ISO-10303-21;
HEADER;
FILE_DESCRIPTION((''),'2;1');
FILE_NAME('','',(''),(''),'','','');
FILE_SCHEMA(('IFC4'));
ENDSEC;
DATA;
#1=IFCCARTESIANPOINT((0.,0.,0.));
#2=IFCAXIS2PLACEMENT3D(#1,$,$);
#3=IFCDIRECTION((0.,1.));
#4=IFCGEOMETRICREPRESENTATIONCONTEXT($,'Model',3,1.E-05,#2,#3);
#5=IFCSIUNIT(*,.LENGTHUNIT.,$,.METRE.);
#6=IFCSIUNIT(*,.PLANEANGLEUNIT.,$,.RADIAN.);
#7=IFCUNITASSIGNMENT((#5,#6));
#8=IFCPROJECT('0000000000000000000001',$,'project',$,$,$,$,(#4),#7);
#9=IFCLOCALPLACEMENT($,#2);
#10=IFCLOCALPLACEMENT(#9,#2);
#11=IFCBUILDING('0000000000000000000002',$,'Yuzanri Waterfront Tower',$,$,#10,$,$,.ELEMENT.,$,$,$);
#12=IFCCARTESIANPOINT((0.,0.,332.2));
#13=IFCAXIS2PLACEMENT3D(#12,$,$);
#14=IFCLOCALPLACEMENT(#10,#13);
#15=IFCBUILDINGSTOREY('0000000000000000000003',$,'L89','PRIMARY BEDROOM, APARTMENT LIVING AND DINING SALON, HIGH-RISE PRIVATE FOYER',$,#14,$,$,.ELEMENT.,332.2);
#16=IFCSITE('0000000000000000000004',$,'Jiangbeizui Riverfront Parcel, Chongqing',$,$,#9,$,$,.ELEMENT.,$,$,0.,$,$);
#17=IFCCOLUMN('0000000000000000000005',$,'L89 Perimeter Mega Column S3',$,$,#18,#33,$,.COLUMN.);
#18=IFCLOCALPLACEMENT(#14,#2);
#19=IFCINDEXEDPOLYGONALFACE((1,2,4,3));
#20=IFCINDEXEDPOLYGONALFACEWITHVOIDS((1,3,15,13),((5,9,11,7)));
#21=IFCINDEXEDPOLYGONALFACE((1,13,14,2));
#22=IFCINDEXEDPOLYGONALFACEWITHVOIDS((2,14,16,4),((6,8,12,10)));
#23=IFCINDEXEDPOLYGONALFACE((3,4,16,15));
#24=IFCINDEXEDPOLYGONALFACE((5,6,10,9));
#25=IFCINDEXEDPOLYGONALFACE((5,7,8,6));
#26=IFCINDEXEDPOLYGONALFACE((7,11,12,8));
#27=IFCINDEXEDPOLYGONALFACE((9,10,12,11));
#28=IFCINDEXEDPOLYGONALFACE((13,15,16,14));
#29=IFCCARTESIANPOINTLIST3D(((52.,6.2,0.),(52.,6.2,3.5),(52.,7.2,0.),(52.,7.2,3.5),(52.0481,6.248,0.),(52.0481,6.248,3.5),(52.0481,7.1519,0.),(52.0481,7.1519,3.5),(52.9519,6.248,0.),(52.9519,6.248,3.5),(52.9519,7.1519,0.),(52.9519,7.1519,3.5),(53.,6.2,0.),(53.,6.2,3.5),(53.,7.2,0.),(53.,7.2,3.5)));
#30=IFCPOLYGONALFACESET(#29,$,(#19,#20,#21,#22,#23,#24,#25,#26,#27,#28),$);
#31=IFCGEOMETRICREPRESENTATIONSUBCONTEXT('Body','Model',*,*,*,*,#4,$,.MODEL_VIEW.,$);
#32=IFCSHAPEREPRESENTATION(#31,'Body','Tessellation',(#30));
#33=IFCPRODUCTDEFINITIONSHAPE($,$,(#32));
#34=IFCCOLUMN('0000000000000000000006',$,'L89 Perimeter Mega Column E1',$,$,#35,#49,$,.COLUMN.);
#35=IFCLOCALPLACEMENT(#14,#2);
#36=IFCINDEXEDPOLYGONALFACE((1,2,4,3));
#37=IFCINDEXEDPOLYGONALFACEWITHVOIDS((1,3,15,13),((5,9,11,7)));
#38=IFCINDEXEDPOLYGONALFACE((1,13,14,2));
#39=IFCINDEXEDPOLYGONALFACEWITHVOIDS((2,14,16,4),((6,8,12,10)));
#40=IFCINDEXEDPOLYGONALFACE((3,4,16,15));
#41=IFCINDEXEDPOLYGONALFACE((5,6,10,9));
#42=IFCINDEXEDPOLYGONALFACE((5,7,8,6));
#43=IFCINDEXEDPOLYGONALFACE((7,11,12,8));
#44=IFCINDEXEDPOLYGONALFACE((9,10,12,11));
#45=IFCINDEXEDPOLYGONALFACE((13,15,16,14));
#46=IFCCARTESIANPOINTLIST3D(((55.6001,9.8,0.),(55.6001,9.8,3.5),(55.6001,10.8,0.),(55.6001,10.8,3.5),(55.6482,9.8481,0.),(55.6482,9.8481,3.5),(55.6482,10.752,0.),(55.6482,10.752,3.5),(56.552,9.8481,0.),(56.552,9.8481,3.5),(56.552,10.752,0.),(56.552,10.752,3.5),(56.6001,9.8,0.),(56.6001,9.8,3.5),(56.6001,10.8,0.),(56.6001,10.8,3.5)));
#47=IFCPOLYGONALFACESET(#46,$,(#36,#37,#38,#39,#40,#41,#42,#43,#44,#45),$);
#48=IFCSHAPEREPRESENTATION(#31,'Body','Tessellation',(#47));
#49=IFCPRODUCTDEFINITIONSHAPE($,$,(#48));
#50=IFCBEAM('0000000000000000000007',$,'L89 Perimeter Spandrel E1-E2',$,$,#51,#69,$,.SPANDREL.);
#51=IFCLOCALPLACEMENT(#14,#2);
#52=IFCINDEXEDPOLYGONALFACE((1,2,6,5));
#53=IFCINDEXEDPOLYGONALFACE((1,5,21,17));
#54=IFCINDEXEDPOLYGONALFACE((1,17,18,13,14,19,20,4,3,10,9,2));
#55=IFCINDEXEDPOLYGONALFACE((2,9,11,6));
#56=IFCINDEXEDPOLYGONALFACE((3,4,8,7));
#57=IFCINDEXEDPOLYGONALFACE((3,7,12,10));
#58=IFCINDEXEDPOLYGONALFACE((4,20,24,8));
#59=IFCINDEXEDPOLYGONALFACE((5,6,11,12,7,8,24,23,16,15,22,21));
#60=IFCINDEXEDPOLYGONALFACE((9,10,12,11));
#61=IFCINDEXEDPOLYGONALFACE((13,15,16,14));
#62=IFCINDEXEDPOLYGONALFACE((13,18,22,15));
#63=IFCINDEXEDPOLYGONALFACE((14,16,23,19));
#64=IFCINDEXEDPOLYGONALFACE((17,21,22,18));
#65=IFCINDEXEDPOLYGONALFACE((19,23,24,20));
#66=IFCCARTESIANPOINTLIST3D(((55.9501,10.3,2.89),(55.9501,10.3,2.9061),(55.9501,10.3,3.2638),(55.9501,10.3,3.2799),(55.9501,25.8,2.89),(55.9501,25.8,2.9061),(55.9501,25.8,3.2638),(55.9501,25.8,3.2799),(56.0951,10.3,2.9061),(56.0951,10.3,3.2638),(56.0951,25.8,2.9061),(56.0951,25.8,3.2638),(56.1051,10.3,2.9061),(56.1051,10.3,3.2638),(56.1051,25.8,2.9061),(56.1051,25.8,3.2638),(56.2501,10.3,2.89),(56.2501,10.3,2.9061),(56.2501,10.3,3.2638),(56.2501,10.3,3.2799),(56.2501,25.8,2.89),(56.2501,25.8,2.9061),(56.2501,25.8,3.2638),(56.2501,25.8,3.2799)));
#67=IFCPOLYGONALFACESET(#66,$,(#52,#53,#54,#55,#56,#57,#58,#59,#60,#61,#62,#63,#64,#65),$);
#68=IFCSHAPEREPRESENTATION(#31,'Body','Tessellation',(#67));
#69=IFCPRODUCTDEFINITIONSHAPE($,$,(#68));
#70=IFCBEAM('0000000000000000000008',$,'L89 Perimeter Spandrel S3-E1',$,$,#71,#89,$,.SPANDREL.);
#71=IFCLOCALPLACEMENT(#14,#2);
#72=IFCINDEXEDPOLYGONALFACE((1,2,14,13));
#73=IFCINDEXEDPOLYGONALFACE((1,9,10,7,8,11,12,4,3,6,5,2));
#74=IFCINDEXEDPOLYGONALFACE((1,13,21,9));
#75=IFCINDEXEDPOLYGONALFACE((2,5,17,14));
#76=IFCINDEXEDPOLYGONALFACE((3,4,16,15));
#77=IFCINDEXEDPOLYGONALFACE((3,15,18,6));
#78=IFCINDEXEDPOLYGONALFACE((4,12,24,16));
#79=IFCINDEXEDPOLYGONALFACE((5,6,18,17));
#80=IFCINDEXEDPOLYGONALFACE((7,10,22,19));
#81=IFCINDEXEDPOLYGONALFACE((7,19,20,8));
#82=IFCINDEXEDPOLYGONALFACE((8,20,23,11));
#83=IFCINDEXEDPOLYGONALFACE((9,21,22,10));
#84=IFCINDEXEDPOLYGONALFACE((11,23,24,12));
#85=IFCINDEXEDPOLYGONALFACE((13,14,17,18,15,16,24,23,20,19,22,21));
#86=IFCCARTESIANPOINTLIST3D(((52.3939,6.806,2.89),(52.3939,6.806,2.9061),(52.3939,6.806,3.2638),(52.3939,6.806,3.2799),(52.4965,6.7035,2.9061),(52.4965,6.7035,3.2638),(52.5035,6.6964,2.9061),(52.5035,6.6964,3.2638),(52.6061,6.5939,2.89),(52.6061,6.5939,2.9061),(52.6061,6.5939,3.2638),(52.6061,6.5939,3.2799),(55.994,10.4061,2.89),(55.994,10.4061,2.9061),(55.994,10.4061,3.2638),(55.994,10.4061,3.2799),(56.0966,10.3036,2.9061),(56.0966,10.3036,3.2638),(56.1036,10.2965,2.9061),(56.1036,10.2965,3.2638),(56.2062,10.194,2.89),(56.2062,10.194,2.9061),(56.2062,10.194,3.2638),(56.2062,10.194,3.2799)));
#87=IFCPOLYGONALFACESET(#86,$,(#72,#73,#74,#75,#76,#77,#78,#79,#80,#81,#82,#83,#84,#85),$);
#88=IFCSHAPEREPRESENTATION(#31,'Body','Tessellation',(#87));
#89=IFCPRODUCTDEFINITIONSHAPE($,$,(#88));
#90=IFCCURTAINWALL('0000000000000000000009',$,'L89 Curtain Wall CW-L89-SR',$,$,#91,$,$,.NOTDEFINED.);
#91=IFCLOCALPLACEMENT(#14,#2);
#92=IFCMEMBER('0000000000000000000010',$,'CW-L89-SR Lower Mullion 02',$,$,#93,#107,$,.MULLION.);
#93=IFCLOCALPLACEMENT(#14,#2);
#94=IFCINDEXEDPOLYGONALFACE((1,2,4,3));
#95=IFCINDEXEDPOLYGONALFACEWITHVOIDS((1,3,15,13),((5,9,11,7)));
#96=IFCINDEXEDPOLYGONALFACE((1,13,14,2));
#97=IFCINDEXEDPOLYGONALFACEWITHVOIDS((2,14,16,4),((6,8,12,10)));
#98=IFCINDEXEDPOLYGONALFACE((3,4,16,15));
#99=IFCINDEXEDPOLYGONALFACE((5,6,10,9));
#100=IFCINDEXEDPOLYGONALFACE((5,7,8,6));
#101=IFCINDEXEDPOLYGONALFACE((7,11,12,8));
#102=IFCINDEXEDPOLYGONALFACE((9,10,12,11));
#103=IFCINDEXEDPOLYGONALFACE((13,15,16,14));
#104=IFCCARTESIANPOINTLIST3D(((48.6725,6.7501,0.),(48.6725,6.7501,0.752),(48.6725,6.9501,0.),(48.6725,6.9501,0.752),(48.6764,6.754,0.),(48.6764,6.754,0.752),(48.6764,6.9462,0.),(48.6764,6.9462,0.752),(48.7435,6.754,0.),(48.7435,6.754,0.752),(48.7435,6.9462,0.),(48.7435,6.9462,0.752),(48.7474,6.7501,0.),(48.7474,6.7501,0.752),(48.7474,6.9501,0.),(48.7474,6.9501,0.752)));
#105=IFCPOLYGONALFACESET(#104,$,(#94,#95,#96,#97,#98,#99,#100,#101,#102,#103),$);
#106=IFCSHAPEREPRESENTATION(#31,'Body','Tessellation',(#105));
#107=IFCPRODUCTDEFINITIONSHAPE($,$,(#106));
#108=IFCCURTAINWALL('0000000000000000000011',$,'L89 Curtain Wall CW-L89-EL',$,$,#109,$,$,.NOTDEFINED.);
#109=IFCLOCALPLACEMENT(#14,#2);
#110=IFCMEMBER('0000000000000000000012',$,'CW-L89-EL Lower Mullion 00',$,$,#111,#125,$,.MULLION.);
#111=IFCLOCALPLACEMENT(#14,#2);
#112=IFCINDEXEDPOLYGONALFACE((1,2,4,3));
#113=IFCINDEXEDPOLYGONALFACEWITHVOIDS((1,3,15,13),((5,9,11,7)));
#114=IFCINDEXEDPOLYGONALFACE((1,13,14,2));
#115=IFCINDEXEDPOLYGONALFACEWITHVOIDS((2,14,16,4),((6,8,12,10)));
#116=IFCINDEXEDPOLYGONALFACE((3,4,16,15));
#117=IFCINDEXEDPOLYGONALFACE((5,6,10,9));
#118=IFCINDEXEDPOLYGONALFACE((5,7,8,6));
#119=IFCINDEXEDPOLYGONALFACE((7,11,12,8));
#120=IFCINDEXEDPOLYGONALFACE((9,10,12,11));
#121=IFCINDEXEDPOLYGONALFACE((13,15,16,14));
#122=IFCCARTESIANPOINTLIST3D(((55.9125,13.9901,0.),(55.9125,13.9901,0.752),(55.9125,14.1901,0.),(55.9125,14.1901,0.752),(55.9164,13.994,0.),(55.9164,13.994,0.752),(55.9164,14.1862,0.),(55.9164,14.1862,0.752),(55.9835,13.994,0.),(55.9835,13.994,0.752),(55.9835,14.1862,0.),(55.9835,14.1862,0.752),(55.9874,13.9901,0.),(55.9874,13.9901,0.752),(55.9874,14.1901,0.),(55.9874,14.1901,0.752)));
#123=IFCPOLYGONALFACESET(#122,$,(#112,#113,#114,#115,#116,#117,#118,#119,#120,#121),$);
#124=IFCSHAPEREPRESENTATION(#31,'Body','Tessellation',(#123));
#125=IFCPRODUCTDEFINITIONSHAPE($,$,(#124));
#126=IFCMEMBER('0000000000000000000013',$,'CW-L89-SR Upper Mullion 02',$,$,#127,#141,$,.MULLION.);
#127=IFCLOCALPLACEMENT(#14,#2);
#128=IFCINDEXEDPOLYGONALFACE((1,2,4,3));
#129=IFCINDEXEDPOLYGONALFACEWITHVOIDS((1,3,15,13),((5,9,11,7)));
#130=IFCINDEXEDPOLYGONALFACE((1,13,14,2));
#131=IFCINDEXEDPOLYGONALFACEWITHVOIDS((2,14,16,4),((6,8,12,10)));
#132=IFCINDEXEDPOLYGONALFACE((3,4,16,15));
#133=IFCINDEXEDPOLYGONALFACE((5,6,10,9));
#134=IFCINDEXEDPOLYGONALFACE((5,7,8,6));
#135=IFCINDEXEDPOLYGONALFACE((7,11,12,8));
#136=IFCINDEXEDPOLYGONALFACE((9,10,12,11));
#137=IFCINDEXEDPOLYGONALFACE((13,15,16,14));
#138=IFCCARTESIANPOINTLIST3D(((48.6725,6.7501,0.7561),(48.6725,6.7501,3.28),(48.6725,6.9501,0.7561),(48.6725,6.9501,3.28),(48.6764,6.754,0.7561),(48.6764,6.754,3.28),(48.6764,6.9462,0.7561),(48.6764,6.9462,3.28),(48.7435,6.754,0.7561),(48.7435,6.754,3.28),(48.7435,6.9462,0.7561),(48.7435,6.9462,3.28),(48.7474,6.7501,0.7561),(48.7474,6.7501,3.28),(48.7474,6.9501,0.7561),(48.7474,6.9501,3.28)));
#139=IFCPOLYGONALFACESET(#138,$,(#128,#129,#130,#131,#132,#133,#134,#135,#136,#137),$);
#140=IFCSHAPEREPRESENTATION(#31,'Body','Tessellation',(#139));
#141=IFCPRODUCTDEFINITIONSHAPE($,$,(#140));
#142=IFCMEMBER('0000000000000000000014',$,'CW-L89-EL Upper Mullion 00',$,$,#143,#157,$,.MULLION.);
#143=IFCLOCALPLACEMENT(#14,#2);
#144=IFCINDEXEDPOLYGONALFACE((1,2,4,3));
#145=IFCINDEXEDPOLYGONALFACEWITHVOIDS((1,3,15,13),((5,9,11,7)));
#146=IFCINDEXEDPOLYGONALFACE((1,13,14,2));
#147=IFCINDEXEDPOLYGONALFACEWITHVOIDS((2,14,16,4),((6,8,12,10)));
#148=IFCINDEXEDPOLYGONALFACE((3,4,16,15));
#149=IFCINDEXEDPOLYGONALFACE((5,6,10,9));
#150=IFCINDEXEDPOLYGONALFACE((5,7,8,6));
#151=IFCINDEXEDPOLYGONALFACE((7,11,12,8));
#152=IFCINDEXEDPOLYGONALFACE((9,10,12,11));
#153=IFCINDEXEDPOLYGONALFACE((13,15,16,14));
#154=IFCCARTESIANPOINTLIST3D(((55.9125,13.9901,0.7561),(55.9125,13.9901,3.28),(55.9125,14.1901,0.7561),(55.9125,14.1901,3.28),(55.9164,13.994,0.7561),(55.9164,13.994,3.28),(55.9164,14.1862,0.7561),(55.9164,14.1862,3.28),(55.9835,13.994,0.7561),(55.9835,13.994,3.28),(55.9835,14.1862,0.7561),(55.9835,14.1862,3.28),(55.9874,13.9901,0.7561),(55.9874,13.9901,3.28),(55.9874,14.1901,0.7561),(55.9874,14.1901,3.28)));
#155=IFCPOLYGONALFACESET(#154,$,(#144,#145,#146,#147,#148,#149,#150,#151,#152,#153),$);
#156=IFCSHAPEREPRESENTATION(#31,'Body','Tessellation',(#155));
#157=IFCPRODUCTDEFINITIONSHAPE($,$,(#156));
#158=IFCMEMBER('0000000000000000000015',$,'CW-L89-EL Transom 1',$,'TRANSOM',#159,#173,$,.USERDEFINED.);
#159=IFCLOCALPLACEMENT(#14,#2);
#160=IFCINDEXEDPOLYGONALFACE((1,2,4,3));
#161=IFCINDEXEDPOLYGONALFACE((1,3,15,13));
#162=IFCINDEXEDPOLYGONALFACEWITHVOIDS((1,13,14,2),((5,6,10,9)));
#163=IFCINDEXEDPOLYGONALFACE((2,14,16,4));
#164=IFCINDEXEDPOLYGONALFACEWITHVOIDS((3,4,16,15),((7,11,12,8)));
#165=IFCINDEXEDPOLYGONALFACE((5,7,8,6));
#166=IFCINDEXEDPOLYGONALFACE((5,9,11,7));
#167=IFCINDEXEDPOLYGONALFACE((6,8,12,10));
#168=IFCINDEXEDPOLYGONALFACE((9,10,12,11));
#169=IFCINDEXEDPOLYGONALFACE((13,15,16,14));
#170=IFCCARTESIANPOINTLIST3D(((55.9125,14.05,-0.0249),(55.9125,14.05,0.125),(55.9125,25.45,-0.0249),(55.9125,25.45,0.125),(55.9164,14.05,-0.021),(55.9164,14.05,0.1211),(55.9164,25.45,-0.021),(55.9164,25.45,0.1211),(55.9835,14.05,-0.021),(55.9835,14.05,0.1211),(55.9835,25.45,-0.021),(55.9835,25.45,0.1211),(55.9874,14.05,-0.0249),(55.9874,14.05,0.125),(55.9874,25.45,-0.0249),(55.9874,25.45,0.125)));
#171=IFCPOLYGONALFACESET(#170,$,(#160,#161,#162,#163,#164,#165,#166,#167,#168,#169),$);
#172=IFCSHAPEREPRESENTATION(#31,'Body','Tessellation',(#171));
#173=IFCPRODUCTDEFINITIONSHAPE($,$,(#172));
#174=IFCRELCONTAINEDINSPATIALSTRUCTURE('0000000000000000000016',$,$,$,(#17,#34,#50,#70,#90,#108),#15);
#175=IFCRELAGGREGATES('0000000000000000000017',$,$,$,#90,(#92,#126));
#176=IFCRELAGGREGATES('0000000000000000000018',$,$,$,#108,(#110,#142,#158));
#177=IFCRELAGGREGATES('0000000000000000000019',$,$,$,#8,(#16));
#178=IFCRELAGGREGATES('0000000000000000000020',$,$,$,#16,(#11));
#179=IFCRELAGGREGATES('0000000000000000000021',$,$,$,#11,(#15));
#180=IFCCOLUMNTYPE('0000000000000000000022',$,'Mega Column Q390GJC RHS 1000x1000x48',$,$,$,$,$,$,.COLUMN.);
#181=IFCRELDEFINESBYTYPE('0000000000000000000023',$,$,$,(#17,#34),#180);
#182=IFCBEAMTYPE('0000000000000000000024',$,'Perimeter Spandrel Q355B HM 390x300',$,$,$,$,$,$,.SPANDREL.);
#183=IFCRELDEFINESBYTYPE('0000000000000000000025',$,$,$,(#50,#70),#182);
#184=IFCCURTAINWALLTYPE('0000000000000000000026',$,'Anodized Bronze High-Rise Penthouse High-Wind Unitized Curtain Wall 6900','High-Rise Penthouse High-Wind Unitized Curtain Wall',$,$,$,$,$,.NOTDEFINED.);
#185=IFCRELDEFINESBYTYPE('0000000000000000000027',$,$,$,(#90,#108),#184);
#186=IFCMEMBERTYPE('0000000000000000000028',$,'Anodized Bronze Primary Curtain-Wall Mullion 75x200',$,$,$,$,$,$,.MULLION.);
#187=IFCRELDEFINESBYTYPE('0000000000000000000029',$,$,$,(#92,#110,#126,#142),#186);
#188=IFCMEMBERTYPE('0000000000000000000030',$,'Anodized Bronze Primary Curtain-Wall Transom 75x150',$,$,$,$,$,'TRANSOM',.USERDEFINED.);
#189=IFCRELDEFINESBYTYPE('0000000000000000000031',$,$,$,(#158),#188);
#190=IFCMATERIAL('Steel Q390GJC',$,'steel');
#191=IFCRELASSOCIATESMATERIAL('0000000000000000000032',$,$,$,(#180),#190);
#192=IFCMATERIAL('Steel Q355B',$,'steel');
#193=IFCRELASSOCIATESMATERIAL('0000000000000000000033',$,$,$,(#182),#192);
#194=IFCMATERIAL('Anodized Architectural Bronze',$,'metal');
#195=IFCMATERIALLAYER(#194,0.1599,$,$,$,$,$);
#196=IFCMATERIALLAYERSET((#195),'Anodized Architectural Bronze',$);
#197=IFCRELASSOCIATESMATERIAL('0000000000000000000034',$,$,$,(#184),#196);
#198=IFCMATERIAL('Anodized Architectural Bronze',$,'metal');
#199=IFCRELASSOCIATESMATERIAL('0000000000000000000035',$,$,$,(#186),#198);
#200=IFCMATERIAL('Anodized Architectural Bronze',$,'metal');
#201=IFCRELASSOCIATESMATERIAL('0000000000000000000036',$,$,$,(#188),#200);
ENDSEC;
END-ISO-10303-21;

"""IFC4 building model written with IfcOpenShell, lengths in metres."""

from ifc_helpers import new_model, si_unit, direction, frame, origin, origin_2d, place, context, subcontext, project, spatial, hollow_rectangle, i_section, extrude, source, transform, mapped, material, layer, layer_set, material_profile, profile_set, type_object, element, aggregate, save


model = new_model("IFC4")

# Units and contexts
model_context = context("Model", 3, precision=1e-05, world=origin(), true_north=direction((0.0, 1.0)))
body_context = subcontext(model_context, "Body", "Model", "MODEL_VIEW")
ifc_project = project(units=[si_unit("LENGTHUNIT", "METRE"), si_unit("PLANEANGLEUNIT", "RADIAN")], contexts=[model_context])

# Site, building, storey
site_placement = place(None, origin())
site = spatial("IfcSite", under=ifc_project, at=site_placement, Name="Jiangbeizui Riverfront Parcel, Chongqing", CompositionType="ELEMENT", RefElevation=0.0)
building_placement = place(site_placement, origin())
building = spatial("IfcBuilding", under=site, at=building_placement, Name="Yuzanri Waterfront Tower", CompositionType="ELEMENT")
storey_placement = place(building_placement, frame((0.0, 0.0, 332.2)))
storey = spatial("IfcBuildingStorey", under=building, at=storey_placement, Name="L89", Description="PRIMARY BEDROOM, APARTMENT LIVING AND DINING SALON, HIGH-RISE PRIVATE FOYER", CompositionType="ELEMENT", Elevation=332.2)

# Columns
ifc_material_1 = material(Name="Steel Q390GJC", Category="steel")
ifc_material_profile_1 = material_profile(ifc_material_1, hollow_rectangle(XDim=1.0, YDim=1.0, WallThickness=0.0481, at=origin_2d()), Name="RHS 1000x1000x48")
ifc_profile_set_1 = profile_set([ifc_material_profile_1], Name="Steel Q390GJC")
column_type = type_object("IfcColumnType", Name="Mega Column Q390GJC RHS 1000x1000x48", PredefinedType="COLUMN", material=ifc_profile_set_1)
shared_shape_1 = source(origin(), body_context, "Body", "SweptSolid", [
    extrude(hollow_rectangle(XDim=1.0, YDim=1.0, WallThickness=0.0481, at=origin_2d()), origin(), (0.0, 0.0, 1.0), 3.5),
])
for number, where, z_axis, x_axis, name in (
    (1, (52.5, 6.7, 0.0), (0.0, 0.0, 1.0), (1.0, 0.0, 0.0), "L89 Perimeter Mega Column S3"),
    (2, (56.1001, 10.3, 0.0), (0.0, 0.0, 1.0), (1.0, 0.0, 0.0), "L89 Perimeter Mega Column E1"),
):
    element("IfcColumn", number, at=place(storey_placement, frame(where, z_axis=z_axis, x_axis=x_axis)), inside=storey, type_object=column_type, Name=name, PredefinedType="COLUMN", context=body_context, shape_type="MappedRepresentation", body=[
        mapped(shared_shape_1, transform((0.0, 0.0, 0.0), scale=1.0)),
    ])

# Beams
ifc_material_2 = material(Name="Steel Q355B", Category="steel")
ifc_material_profile_2 = material_profile(ifc_material_2, i_section(OverallWidth=0.3, OverallDepth=0.3899, WebThickness=0.01, FlangeThickness=0.0161, at=origin_2d()), Name="HM 390x300x10x16")
ifc_profile_set_2 = profile_set([ifc_material_profile_2], Name="Steel Q355B")
beam_type = type_object("IfcBeamType", Name="Perimeter Spandrel Q355B HM 390x300", PredefinedType="SPANDREL", material=ifc_profile_set_2)
shared_shape_2 = source(origin(), body_context, "Body", "SweptSolid", [
    extrude(i_section(OverallWidth=0.3, OverallDepth=0.3899, WebThickness=0.01, FlangeThickness=0.0161, at=origin_2d()), origin(), (0.0, 0.0, 1.0), 15.5),
])
beam_1_placement = place(storey_placement, frame((56.1001, 10.3, 3.085), z_axis=(0.0, 1.0, 0.0), x_axis=(-1.0, 0.0, 0.0)))
element("IfcBeam", 3, at=beam_1_placement, inside=storey, type_object=beam_type, Name="L89 Perimeter Spandrel E1-E2", PredefinedType="SPANDREL", context=body_context, shape_type="MappedRepresentation", body=[
    mapped(shared_shape_2, transform((0.0, 0.0, 0.0), scale=1.0)),
])
shared_shape_3 = source(origin(), body_context, "Body", "SweptSolid", [
    extrude(i_section(OverallWidth=0.3, OverallDepth=0.3899, WebThickness=0.01, FlangeThickness=0.0161, at=origin_2d()), origin(), (0.0, 0.0, 1.0), 5.0913),
])
beam_2_placement = place(storey_placement, frame((52.5, 6.7, 3.085), z_axis=(0.707107, 0.707107, 0.0), x_axis=(-0.707107, 0.707107, 0.0)))
element("IfcBeam", 4, at=beam_2_placement, inside=storey, type_object=beam_type, Name="L89 Perimeter Spandrel S3-E1", PredefinedType="SPANDREL", context=body_context, shape_type="MappedRepresentation", body=[
    mapped(shared_shape_3, transform((0.0, 0.0, 0.0), scale=1.0)),
])

# Curtain walls, members
ifc_material_3 = material(Name="Anodized Architectural Bronze", Category="metal")
ifc_layer_1 = layer(ifc_material_3, 0.1599)
ifc_layer_set_1 = layer_set([ifc_layer_1], Name="Anodized Architectural Bronze")
curtain_wall_type = type_object("IfcCurtainWallType", Name="Anodized Bronze High-Rise Penthouse High-Wind Unitized Curtain Wall 6900", Description="High-Rise Penthouse High-Wind Unitized Curtain Wall", PredefinedType="NOTDEFINED", material=ifc_layer_set_1)
curtain_wall_1_placement = place(storey_placement, origin())
curtain_wall_1 = element("IfcCurtainWall", 5, at=curtain_wall_1_placement, inside=storey, type_object=curtain_wall_type, Name="L89 Curtain Wall CW-L89-SR", PredefinedType="NOTDEFINED")
ifc_material_4 = material(Name="Anodized Architectural Bronze", Category="metal")
ifc_material_profile_3 = material_profile(ifc_material_4, hollow_rectangle(XDim=0.075, YDim=0.2, WallThickness=0.0039, at=origin_2d()), Name="CWM 75x200")
ifc_profile_set_3 = profile_set([ifc_material_profile_3], Name="Anodized Architectural Bronze")
member_type_1 = type_object("IfcMemberType", Name="Anodized Bronze Primary Curtain-Wall Mullion 75x200", PredefinedType="MULLION", material=ifc_profile_set_3)
shared_shape_4 = source(origin(), body_context, "Body", "SweptSolid", [
    extrude(hollow_rectangle(XDim=0.075, YDim=0.2, WallThickness=0.0039, at=origin_2d()), origin(), (0.0, 0.0, 1.0), 0.752),
])
member_1_placement = place(storey_placement, frame((48.71, 6.8501, 0.0), z_axis=(0.0, 0.0, 1.0), x_axis=(1.0, 0.0, 0.0)))
member_1 = element("IfcMember", 6, at=member_1_placement, type_object=member_type_1, Name="CW-L89-SR Lower Mullion 02", PredefinedType="MULLION", context=body_context, shape_type="MappedRepresentation", body=[
    mapped(shared_shape_4, transform((0.0, 0.0, 0.0), scale=1.0)),
])
curtain_wall_2_placement = place(storey_placement, origin())
curtain_wall_2 = element("IfcCurtainWall", 7, at=curtain_wall_2_placement, inside=storey, type_object=curtain_wall_type, Name="L89 Curtain Wall CW-L89-EL", PredefinedType="NOTDEFINED")
member_2_placement = place(storey_placement, frame((55.95, 14.0901, 0.0), z_axis=(0.0, 0.0, 1.0), x_axis=(1.0, 0.0, 0.0)))
member_2 = element("IfcMember", 8, at=member_2_placement, type_object=member_type_1, Name="CW-L89-EL Lower Mullion 00", PredefinedType="MULLION", context=body_context, shape_type="MappedRepresentation", body=[
    mapped(shared_shape_4, transform((0.0, 0.0, 0.0), scale=1.0)),
])

# Members
shared_shape_5 = source(origin(), body_context, "Body", "SweptSolid", [
    extrude(hollow_rectangle(XDim=0.075, YDim=0.2, WallThickness=0.0039, at=origin_2d()), origin(), (0.0, 0.0, 1.0), 2.5239),
])
member_3_placement = place(storey_placement, frame((48.71, 6.8501, 0.7561), z_axis=(0.0, 0.0, 1.0), x_axis=(1.0, 0.0, 0.0)))
member_3 = element("IfcMember", 9, at=member_3_placement, type_object=member_type_1, Name="CW-L89-SR Upper Mullion 02", PredefinedType="MULLION", context=body_context, shape_type="MappedRepresentation", body=[
    mapped(shared_shape_5, transform((0.0, 0.0, 0.0), scale=1.0)),
])
aggregate(curtain_wall_1, [member_1, member_3])
member_4_placement = place(storey_placement, frame((55.95, 14.0901, 0.7561), z_axis=(0.0, 0.0, 1.0), x_axis=(1.0, 0.0, 0.0)))
member_4 = element("IfcMember", 10, at=member_4_placement, type_object=member_type_1, Name="CW-L89-EL Upper Mullion 00", PredefinedType="MULLION", context=body_context, shape_type="MappedRepresentation", body=[
    mapped(shared_shape_5, transform((0.0, 0.0, 0.0), scale=1.0)),
])
ifc_material_5 = material(Name="Anodized Architectural Bronze", Category="metal")
ifc_material_profile_4 = material_profile(ifc_material_5, hollow_rectangle(XDim=0.075, YDim=0.1499, WallThickness=0.0039, at=origin_2d()), Name="CWT 75x150")
ifc_profile_set_4 = profile_set([ifc_material_profile_4], Name="Anodized Architectural Bronze")
member_type_2 = type_object("IfcMemberType", Name="Anodized Bronze Primary Curtain-Wall Transom 75x150", ElementType="TRANSOM", PredefinedType="USERDEFINED", material=ifc_profile_set_4)
shared_shape_6 = source(origin(), body_context, "Body", "SweptSolid", [
    extrude(hollow_rectangle(XDim=0.075, YDim=0.1499, WallThickness=0.0039, at=origin_2d()), origin(), (0.0, 0.0, 1.0), 11.3999),
])
member_5_placement = place(storey_placement, frame((55.95, 14.05, 0.05), z_axis=(0.0, 1.0, 0.0), x_axis=(-1.0, 0.0, 0.0)))
member_5 = element("IfcMember", 11, at=member_5_placement, type_object=member_type_2, Name="CW-L89-EL Transom 1", ObjectType="TRANSOM", PredefinedType="USERDEFINED", context=body_context, shape_type="MappedRepresentation", body=[
    mapped(shared_shape_6, transform((0.0, 0.0, 0.0), scale=1.0)),
])
aggregate(curtain_wall_2, [member_2, member_4, member_5])

save(model, "model.ifc")
